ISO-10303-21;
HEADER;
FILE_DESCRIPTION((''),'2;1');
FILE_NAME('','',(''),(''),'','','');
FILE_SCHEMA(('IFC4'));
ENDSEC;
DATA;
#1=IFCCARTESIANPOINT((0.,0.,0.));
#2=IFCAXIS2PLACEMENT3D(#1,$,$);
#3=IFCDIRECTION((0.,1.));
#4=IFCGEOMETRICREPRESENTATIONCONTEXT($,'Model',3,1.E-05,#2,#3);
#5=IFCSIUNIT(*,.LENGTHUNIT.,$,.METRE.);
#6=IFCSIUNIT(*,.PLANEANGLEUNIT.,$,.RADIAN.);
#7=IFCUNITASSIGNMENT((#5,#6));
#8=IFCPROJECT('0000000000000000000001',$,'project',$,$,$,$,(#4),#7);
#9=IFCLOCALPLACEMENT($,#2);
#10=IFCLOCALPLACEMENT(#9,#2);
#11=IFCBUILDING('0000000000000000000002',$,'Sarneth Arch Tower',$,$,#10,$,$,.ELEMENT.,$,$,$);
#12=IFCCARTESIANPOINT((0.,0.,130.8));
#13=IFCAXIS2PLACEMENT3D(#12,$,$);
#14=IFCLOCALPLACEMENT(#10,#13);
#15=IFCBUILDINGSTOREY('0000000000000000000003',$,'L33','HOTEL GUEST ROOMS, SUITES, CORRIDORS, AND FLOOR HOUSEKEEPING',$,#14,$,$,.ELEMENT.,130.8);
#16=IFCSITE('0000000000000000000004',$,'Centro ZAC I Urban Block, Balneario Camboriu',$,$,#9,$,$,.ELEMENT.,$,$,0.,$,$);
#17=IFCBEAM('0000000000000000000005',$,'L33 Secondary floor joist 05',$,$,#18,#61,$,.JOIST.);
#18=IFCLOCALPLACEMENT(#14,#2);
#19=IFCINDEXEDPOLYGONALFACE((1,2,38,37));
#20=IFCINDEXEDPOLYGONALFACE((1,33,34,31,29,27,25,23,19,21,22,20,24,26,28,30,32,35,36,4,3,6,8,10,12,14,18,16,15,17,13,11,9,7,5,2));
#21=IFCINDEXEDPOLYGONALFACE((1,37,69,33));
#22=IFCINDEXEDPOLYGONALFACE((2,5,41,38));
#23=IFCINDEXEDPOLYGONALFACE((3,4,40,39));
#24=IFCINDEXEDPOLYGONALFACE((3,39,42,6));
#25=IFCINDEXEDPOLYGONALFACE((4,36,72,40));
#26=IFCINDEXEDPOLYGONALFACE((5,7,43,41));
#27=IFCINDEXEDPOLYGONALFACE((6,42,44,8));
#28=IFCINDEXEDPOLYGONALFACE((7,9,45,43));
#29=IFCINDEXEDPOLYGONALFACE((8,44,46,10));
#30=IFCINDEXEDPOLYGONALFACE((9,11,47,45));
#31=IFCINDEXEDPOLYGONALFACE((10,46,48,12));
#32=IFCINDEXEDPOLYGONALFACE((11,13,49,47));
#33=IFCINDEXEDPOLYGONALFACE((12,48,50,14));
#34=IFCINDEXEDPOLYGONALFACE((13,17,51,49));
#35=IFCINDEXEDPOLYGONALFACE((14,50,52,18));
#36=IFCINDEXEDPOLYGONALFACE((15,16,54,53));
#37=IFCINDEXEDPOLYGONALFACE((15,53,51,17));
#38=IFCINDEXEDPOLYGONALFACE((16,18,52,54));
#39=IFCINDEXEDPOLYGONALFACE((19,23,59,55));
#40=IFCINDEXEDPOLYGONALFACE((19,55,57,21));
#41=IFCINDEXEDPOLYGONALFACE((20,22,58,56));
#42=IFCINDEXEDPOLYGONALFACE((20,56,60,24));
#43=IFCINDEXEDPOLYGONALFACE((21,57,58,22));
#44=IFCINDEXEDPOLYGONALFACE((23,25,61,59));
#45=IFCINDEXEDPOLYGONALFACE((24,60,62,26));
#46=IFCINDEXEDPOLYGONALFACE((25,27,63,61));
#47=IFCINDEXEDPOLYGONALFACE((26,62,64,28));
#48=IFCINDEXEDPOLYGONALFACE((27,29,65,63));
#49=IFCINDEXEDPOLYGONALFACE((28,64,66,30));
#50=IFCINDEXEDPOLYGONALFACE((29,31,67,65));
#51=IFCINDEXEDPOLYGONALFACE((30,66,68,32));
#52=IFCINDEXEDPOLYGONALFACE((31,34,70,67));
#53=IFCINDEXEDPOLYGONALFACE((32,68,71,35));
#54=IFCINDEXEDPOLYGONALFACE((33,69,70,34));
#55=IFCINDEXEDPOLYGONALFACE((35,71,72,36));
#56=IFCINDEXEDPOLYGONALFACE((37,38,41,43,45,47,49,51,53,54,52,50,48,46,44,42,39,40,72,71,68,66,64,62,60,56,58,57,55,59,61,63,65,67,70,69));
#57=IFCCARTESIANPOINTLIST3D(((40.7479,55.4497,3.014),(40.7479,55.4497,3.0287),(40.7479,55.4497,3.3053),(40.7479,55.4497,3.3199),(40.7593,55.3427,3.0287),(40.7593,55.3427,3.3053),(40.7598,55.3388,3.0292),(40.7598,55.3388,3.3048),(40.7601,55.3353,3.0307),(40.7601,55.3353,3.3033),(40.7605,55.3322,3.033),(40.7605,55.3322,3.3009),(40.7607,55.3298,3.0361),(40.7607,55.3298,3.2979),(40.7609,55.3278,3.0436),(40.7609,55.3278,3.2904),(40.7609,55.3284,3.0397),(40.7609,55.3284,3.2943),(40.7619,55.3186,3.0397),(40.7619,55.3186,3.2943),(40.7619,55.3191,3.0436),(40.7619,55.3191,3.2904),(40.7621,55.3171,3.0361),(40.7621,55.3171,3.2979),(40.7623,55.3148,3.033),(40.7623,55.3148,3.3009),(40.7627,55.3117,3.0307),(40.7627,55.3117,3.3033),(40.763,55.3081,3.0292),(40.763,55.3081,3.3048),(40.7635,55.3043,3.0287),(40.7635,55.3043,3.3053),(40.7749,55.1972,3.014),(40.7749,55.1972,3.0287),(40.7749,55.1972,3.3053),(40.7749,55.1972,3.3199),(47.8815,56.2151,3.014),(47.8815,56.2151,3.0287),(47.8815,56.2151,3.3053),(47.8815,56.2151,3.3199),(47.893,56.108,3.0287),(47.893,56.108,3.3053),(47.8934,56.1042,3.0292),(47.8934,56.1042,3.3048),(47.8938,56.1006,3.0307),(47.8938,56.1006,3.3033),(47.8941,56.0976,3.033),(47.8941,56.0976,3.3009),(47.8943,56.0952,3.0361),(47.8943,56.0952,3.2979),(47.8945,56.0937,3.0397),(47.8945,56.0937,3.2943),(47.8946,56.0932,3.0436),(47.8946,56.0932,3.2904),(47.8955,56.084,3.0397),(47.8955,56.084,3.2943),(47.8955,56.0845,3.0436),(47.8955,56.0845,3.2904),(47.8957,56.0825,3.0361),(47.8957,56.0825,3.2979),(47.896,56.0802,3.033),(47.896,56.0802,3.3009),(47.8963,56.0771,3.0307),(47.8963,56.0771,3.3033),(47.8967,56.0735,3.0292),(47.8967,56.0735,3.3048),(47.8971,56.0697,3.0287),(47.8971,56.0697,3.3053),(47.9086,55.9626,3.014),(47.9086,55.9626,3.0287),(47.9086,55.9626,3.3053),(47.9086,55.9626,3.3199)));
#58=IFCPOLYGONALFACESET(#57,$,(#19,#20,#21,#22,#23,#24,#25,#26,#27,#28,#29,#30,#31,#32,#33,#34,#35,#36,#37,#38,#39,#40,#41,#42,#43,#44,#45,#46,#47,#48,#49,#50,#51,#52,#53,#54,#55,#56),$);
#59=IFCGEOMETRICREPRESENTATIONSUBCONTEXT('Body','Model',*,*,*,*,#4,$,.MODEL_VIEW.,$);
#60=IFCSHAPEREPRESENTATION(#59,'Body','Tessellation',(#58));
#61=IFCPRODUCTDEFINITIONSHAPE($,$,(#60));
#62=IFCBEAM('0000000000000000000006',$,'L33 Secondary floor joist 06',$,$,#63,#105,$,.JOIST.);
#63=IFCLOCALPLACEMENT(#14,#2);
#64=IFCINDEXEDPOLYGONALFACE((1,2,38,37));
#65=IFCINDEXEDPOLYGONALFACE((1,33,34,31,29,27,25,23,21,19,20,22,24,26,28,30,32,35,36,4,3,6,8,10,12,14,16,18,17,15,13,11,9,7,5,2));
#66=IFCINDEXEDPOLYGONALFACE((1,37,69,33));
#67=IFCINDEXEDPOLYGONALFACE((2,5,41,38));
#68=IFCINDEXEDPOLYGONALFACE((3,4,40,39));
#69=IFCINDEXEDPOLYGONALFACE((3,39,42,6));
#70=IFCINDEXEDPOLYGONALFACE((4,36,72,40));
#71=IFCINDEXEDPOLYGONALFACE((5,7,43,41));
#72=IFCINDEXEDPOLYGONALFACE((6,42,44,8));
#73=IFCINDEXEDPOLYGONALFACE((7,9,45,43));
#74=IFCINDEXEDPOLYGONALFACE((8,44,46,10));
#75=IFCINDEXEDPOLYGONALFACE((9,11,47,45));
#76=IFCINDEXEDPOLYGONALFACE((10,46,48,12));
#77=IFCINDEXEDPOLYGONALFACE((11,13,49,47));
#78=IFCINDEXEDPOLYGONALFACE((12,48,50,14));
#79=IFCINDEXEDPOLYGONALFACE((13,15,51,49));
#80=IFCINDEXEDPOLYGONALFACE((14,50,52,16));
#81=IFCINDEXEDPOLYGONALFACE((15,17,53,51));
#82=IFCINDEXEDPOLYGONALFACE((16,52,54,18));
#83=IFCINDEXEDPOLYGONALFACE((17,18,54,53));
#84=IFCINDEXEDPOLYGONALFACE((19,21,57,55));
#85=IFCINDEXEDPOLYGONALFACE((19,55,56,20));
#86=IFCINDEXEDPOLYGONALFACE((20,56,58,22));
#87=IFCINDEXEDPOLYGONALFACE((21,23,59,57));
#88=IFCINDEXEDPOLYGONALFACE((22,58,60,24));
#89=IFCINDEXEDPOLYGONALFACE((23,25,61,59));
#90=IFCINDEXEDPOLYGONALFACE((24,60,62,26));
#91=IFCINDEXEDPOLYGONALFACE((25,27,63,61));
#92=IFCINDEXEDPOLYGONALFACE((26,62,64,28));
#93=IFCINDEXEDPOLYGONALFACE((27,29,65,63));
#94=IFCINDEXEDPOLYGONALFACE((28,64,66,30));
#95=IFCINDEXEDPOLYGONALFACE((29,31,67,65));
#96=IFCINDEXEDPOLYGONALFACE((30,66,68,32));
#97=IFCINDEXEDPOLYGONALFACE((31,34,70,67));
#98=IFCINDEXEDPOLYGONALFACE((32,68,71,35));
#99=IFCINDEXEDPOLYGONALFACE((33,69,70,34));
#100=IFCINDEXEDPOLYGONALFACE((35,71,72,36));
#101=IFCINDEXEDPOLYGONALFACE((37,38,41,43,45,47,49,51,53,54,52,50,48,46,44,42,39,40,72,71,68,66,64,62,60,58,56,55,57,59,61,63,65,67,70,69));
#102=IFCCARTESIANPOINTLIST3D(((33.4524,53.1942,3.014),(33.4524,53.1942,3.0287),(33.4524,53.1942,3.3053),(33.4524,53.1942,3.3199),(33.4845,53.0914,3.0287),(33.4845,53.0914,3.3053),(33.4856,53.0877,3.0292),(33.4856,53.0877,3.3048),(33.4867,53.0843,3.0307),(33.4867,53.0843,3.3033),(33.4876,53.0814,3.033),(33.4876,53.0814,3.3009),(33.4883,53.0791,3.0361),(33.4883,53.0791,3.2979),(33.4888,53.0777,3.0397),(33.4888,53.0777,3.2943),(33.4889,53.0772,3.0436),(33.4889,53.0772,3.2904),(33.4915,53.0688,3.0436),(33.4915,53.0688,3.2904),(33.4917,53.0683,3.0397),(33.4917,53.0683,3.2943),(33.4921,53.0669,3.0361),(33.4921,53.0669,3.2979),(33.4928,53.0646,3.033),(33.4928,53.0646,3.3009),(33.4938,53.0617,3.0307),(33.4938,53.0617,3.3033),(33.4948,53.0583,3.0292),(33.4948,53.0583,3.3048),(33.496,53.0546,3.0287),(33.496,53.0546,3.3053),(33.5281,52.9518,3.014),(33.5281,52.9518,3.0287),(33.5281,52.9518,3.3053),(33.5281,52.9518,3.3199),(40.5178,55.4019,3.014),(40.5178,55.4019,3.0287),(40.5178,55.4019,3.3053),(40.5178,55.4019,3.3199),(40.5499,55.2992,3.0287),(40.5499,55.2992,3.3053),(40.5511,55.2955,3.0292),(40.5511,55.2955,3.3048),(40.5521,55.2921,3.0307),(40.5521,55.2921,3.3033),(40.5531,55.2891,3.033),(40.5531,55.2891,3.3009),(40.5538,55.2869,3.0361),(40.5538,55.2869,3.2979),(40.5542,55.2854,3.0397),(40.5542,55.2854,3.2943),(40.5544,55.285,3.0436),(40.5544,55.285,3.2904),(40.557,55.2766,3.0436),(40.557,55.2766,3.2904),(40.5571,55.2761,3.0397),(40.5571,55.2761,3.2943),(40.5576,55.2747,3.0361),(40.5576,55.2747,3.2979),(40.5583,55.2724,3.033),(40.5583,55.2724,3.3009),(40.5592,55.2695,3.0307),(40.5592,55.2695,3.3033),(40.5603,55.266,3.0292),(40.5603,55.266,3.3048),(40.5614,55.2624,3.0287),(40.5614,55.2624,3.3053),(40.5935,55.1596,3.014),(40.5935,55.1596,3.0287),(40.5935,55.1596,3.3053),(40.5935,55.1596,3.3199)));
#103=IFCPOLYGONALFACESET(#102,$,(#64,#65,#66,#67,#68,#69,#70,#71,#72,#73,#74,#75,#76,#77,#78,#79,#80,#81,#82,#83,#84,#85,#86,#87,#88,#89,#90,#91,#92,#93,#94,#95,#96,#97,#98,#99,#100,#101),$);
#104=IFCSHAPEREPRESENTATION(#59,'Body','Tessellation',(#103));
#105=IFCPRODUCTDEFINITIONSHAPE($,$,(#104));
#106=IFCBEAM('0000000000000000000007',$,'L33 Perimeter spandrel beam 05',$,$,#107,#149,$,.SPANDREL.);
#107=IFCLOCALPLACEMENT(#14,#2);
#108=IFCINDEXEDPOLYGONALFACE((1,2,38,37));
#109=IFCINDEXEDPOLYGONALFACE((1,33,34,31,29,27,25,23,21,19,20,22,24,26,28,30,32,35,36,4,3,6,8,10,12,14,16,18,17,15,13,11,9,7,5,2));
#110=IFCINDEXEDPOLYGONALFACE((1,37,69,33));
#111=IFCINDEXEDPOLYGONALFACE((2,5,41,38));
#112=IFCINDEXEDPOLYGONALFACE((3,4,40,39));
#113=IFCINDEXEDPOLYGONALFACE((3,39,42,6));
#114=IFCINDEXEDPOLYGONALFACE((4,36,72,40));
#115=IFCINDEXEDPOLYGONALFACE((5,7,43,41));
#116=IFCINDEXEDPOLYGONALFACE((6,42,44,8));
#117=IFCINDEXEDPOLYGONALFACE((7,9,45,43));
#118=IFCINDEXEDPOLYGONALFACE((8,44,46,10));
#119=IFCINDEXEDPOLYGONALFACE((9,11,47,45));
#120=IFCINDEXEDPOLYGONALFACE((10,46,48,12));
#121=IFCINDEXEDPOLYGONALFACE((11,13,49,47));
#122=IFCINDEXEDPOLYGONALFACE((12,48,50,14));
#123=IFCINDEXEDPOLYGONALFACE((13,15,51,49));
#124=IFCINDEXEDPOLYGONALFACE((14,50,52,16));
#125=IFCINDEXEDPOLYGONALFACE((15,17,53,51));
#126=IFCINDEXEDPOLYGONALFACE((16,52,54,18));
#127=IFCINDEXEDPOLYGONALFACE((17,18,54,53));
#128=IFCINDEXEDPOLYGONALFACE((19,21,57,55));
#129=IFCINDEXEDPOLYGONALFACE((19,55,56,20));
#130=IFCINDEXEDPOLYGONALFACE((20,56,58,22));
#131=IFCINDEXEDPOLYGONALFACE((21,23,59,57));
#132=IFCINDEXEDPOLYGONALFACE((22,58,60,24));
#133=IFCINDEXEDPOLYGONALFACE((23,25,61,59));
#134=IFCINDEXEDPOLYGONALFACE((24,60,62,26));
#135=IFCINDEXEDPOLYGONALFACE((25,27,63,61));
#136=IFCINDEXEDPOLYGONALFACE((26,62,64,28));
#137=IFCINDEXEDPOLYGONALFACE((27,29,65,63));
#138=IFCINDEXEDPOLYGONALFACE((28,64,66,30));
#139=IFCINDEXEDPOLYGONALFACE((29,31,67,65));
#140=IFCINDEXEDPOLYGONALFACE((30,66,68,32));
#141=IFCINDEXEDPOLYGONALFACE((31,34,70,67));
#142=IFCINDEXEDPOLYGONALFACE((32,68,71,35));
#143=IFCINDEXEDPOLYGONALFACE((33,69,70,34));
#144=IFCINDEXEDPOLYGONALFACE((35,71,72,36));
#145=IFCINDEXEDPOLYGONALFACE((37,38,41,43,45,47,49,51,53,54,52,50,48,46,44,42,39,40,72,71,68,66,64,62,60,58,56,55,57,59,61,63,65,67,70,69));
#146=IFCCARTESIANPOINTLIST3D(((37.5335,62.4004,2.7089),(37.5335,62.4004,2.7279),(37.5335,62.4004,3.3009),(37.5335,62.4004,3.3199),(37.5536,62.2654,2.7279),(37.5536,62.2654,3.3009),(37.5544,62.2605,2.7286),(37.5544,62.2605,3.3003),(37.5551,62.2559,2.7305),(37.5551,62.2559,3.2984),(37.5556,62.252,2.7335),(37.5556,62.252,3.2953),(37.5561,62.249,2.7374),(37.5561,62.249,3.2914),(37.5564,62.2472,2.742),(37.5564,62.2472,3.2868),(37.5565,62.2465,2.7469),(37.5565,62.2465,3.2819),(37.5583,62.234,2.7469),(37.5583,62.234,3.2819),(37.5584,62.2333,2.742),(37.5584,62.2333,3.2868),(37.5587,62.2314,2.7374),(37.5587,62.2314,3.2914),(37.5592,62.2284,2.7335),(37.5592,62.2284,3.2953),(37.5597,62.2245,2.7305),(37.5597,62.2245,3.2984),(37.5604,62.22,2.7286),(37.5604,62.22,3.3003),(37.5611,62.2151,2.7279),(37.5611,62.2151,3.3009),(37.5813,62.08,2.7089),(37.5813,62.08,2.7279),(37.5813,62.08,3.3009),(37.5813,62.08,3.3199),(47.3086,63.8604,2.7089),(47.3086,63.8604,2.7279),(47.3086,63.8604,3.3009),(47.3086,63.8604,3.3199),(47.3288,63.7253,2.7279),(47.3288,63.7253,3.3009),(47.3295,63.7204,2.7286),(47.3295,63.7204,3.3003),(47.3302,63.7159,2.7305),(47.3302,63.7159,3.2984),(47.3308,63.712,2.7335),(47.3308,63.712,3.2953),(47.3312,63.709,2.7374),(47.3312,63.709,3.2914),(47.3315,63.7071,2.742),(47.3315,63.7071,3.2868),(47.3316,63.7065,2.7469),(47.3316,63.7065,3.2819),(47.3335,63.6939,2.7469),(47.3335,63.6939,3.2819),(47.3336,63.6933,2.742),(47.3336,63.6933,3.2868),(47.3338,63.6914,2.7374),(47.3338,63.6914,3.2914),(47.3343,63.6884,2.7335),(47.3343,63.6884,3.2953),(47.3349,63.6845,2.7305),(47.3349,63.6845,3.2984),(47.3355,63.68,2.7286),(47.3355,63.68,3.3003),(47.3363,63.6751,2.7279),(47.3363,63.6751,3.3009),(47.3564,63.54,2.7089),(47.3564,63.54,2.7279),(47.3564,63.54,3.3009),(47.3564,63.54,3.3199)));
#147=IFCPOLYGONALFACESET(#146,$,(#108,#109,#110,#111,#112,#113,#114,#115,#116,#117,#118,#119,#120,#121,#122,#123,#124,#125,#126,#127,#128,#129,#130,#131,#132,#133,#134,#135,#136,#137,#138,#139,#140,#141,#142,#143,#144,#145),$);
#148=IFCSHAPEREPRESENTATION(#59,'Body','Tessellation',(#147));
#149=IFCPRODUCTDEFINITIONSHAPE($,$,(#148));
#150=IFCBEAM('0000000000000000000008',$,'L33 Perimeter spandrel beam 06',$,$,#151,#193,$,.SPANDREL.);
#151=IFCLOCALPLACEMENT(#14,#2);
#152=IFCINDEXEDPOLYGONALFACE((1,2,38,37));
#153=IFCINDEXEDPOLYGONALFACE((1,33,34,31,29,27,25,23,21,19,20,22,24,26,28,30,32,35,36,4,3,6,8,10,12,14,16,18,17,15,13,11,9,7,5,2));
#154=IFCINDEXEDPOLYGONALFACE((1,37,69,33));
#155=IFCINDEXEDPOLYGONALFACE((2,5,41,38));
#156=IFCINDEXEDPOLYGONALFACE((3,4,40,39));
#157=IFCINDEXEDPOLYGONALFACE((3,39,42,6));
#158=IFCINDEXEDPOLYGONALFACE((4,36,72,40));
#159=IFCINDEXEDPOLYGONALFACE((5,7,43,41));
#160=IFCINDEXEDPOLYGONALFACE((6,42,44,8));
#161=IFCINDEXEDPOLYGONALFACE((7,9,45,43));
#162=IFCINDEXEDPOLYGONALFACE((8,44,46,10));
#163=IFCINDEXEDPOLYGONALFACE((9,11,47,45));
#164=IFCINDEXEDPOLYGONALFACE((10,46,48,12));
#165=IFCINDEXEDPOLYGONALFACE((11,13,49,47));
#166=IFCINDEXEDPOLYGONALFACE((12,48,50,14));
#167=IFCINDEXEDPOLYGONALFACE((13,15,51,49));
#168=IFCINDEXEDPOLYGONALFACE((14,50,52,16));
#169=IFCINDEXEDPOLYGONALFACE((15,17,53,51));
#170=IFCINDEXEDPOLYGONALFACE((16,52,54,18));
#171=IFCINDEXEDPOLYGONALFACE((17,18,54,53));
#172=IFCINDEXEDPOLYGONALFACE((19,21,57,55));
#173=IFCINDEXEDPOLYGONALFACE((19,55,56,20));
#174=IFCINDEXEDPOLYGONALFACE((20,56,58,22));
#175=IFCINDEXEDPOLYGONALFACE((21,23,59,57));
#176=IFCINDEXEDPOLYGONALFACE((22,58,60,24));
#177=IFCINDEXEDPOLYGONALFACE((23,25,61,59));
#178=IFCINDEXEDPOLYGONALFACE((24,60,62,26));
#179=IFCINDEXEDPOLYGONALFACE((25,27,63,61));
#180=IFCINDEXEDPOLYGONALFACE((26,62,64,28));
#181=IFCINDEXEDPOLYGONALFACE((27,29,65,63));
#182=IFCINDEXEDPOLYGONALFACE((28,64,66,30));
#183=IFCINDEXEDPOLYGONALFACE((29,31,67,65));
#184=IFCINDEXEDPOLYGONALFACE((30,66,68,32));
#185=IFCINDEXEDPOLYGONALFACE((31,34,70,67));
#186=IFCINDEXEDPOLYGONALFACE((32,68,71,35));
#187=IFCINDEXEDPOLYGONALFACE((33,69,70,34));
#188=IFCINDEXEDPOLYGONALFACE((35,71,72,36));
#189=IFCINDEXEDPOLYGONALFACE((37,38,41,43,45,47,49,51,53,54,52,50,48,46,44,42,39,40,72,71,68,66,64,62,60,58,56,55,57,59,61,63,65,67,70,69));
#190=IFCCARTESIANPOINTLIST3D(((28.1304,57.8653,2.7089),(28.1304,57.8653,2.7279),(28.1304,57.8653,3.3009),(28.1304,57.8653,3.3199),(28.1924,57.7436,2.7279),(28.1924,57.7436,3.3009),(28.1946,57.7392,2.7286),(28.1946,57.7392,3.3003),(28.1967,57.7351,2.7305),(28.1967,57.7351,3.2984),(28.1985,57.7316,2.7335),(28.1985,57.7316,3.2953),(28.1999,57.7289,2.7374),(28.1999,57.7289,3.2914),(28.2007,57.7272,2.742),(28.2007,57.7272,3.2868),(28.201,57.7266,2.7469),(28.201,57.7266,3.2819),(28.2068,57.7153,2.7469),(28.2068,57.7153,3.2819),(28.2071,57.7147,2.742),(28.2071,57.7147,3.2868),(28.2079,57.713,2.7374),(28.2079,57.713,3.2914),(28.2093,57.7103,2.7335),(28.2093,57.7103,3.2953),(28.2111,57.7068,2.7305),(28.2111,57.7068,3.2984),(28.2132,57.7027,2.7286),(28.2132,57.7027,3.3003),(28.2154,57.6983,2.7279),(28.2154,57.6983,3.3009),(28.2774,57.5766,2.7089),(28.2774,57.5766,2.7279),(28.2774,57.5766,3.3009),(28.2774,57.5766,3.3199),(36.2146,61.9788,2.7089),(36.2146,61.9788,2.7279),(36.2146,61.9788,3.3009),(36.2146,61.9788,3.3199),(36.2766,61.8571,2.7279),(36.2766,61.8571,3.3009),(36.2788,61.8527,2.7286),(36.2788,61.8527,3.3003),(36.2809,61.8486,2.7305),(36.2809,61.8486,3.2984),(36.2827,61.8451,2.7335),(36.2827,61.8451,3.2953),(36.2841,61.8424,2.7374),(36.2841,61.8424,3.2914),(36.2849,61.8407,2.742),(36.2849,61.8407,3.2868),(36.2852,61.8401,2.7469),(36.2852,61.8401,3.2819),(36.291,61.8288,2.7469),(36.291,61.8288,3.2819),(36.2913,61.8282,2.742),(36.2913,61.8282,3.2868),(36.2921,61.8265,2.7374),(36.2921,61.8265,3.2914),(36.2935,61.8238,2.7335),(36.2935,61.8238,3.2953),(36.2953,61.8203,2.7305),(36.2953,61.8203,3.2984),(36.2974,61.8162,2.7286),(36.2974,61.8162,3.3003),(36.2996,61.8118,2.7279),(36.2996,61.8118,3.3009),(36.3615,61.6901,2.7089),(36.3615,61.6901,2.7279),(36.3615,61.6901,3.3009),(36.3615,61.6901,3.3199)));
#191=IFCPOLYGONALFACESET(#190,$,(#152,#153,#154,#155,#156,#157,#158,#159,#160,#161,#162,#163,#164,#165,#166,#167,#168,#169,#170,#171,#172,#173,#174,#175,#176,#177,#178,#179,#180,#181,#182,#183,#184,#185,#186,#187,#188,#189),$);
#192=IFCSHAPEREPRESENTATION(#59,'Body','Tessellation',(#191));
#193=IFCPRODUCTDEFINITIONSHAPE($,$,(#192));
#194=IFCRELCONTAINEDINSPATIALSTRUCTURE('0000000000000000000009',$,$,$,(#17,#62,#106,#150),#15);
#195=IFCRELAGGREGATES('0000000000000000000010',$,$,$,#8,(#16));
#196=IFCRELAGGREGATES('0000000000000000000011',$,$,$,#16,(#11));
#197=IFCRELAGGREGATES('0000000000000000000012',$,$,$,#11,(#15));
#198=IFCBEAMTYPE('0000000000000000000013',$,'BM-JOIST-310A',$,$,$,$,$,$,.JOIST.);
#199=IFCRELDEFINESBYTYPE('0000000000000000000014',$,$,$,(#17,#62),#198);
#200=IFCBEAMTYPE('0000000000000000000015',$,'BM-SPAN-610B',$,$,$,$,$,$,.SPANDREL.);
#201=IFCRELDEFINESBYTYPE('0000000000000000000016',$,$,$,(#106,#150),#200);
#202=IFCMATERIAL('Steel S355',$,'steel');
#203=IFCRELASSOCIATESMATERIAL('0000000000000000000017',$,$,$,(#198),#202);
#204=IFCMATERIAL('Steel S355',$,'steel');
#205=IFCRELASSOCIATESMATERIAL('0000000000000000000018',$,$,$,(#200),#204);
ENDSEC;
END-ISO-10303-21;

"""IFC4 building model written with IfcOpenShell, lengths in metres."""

from ifc_helpers import new_model, si_unit, direction, frame, origin, origin_2d, place, context, subcontext, project, spatial, i_section, extrude, material, material_profile, profile_set, type_object, element, save


model = new_model("IFC4")

# Units and contexts
model_context = context("Model", 3, precision=1e-05, world=origin(), true_north=direction((0.0, 1.0)))
body_context = subcontext(model_context, "Body", "Model", "MODEL_VIEW")
ifc_project = project(units=[si_unit("LENGTHUNIT", "METRE"), si_unit("PLANEANGLEUNIT", "RADIAN")], contexts=[model_context])

# Site, building, storey
site_placement = place(None, origin())
site = spatial("IfcSite", under=ifc_project, at=site_placement, Name="Centro ZAC I Urban Block, Balneario Camboriu", CompositionType="ELEMENT", RefElevation=0.0)
building_placement = place(site_placement, origin())
building = spatial("IfcBuilding", under=site, at=building_placement, Name="Sarneth Arch Tower", CompositionType="ELEMENT")
storey_placement = place(building_placement, frame((0.0, 0.0, 130.8)))
storey = spatial("IfcBuildingStorey", under=building, at=storey_placement, Name="L33", Description="HOTEL GUEST ROOMS, SUITES, CORRIDORS, AND FLOOR HOUSEKEEPING", CompositionType="ELEMENT", Elevation=130.8)

# Beams
ifc_material_1 = material(Name="Steel S355", Category="steel")
ifc_material_profile_1 = material_profile(ifc_material_1, i_section(OverallWidth=0.2539, OverallDepth=0.3059, WebThickness=0.0088, FlangeThickness=0.0146, FilletRadius=0.0149, at=origin_2d()), Name="W310x79")
ifc_profile_set_1 = profile_set([ifc_material_profile_1], Name="Steel S355")
beam_type_1 = type_object("IfcBeamType", Name="BM-JOIST-310A", PredefinedType="JOIST", material=ifc_profile_set_1)
beam_1_placement = place(storey_placement, frame((47.895, 56.0889, 3.167), z_axis=(-0.994293, -0.106681, 0.0), x_axis=(0.106681, -0.994293, 0.0)))
element("IfcBeam", 1, at=beam_1_placement, inside=storey, type_object=beam_type_1, Name="L33 Secondary floor joist 05", PredefinedType="JOIST", context=body_context, shape_type="SweptSolid", body=[
    extrude(i_section(OverallWidth=0.2539, OverallDepth=0.3059, WebThickness=0.0088, FlangeThickness=0.0146, FilletRadius=0.0149, at=origin_2d()), origin(), (0.0, 0.0, 1.0), 7.1746),
])
beam_2_placement = place(storey_placement, frame((40.5557, 55.2808, 3.167), z_axis=(-0.954487, -0.298252, 0.0), x_axis=(0.298252, -0.954487, 0.0)))
element("IfcBeam", 2, at=beam_2_placement, inside=storey, type_object=beam_type_1, Name="L33 Secondary floor joist 06", PredefinedType="JOIST", context=body_context, shape_type="SweptSolid", body=[
    extrude(i_section(OverallWidth=0.2539, OverallDepth=0.3059, WebThickness=0.0088, FlangeThickness=0.0146, FilletRadius=0.0149, at=origin_2d()), origin(), (0.0, 0.0, 1.0), 7.4023),
])
ifc_material_2 = material(Name="Steel S355", Category="steel")
ifc_material_profile_2 = material_profile(ifc_material_2, i_section(OverallWidth=0.324, OverallDepth=0.6111, WebThickness=0.0127, FlangeThickness=0.019, FilletRadius=0.019, at=origin_2d()), Name="W610x155")
ifc_profile_set_2 = profile_set([ifc_material_profile_2], Name="Steel S355")
beam_type_2 = type_object("IfcBeamType", Name="BM-SPAN-610B", PredefinedType="SPANDREL", material=ifc_profile_set_2)
beam_3_placement = place(storey_placement, frame((47.3325, 63.7002, 3.0144), z_axis=(-0.98903, -0.147716, 0.0), x_axis=(0.147716, -0.98903, 0.0)))
element("IfcBeam", 3, at=beam_3_placement, inside=storey, type_object=beam_type_2, Name="L33 Perimeter spandrel beam 05", PredefinedType="SPANDREL", context=body_context, shape_type="SweptSolid", body=[
    extrude(i_section(OverallWidth=0.324, OverallDepth=0.6111, WebThickness=0.0127, FlangeThickness=0.019, FilletRadius=0.019, at=origin_2d()), origin(), (0.0, 0.0, 1.0), 9.8835),
])
beam_4_placement = place(storey_placement, frame((36.2881, 61.8345, 3.0144), z_axis=(-0.891256, -0.453501, 0.0), x_axis=(0.453501, -0.891256, 0.0)))
element("IfcBeam", 4, at=beam_4_placement, inside=storey, type_object=beam_type_2, Name="L33 Perimeter spandrel beam 06", PredefinedType="SPANDREL", context=body_context, shape_type="SweptSolid", body=[
    extrude(i_section(OverallWidth=0.324, OverallDepth=0.6111, WebThickness=0.0127, FlangeThickness=0.019, FilletRadius=0.019, at=origin_2d()), origin(), (0.0, 0.0, 1.0), 9.0706),
])

save(model, "model.ifc")
